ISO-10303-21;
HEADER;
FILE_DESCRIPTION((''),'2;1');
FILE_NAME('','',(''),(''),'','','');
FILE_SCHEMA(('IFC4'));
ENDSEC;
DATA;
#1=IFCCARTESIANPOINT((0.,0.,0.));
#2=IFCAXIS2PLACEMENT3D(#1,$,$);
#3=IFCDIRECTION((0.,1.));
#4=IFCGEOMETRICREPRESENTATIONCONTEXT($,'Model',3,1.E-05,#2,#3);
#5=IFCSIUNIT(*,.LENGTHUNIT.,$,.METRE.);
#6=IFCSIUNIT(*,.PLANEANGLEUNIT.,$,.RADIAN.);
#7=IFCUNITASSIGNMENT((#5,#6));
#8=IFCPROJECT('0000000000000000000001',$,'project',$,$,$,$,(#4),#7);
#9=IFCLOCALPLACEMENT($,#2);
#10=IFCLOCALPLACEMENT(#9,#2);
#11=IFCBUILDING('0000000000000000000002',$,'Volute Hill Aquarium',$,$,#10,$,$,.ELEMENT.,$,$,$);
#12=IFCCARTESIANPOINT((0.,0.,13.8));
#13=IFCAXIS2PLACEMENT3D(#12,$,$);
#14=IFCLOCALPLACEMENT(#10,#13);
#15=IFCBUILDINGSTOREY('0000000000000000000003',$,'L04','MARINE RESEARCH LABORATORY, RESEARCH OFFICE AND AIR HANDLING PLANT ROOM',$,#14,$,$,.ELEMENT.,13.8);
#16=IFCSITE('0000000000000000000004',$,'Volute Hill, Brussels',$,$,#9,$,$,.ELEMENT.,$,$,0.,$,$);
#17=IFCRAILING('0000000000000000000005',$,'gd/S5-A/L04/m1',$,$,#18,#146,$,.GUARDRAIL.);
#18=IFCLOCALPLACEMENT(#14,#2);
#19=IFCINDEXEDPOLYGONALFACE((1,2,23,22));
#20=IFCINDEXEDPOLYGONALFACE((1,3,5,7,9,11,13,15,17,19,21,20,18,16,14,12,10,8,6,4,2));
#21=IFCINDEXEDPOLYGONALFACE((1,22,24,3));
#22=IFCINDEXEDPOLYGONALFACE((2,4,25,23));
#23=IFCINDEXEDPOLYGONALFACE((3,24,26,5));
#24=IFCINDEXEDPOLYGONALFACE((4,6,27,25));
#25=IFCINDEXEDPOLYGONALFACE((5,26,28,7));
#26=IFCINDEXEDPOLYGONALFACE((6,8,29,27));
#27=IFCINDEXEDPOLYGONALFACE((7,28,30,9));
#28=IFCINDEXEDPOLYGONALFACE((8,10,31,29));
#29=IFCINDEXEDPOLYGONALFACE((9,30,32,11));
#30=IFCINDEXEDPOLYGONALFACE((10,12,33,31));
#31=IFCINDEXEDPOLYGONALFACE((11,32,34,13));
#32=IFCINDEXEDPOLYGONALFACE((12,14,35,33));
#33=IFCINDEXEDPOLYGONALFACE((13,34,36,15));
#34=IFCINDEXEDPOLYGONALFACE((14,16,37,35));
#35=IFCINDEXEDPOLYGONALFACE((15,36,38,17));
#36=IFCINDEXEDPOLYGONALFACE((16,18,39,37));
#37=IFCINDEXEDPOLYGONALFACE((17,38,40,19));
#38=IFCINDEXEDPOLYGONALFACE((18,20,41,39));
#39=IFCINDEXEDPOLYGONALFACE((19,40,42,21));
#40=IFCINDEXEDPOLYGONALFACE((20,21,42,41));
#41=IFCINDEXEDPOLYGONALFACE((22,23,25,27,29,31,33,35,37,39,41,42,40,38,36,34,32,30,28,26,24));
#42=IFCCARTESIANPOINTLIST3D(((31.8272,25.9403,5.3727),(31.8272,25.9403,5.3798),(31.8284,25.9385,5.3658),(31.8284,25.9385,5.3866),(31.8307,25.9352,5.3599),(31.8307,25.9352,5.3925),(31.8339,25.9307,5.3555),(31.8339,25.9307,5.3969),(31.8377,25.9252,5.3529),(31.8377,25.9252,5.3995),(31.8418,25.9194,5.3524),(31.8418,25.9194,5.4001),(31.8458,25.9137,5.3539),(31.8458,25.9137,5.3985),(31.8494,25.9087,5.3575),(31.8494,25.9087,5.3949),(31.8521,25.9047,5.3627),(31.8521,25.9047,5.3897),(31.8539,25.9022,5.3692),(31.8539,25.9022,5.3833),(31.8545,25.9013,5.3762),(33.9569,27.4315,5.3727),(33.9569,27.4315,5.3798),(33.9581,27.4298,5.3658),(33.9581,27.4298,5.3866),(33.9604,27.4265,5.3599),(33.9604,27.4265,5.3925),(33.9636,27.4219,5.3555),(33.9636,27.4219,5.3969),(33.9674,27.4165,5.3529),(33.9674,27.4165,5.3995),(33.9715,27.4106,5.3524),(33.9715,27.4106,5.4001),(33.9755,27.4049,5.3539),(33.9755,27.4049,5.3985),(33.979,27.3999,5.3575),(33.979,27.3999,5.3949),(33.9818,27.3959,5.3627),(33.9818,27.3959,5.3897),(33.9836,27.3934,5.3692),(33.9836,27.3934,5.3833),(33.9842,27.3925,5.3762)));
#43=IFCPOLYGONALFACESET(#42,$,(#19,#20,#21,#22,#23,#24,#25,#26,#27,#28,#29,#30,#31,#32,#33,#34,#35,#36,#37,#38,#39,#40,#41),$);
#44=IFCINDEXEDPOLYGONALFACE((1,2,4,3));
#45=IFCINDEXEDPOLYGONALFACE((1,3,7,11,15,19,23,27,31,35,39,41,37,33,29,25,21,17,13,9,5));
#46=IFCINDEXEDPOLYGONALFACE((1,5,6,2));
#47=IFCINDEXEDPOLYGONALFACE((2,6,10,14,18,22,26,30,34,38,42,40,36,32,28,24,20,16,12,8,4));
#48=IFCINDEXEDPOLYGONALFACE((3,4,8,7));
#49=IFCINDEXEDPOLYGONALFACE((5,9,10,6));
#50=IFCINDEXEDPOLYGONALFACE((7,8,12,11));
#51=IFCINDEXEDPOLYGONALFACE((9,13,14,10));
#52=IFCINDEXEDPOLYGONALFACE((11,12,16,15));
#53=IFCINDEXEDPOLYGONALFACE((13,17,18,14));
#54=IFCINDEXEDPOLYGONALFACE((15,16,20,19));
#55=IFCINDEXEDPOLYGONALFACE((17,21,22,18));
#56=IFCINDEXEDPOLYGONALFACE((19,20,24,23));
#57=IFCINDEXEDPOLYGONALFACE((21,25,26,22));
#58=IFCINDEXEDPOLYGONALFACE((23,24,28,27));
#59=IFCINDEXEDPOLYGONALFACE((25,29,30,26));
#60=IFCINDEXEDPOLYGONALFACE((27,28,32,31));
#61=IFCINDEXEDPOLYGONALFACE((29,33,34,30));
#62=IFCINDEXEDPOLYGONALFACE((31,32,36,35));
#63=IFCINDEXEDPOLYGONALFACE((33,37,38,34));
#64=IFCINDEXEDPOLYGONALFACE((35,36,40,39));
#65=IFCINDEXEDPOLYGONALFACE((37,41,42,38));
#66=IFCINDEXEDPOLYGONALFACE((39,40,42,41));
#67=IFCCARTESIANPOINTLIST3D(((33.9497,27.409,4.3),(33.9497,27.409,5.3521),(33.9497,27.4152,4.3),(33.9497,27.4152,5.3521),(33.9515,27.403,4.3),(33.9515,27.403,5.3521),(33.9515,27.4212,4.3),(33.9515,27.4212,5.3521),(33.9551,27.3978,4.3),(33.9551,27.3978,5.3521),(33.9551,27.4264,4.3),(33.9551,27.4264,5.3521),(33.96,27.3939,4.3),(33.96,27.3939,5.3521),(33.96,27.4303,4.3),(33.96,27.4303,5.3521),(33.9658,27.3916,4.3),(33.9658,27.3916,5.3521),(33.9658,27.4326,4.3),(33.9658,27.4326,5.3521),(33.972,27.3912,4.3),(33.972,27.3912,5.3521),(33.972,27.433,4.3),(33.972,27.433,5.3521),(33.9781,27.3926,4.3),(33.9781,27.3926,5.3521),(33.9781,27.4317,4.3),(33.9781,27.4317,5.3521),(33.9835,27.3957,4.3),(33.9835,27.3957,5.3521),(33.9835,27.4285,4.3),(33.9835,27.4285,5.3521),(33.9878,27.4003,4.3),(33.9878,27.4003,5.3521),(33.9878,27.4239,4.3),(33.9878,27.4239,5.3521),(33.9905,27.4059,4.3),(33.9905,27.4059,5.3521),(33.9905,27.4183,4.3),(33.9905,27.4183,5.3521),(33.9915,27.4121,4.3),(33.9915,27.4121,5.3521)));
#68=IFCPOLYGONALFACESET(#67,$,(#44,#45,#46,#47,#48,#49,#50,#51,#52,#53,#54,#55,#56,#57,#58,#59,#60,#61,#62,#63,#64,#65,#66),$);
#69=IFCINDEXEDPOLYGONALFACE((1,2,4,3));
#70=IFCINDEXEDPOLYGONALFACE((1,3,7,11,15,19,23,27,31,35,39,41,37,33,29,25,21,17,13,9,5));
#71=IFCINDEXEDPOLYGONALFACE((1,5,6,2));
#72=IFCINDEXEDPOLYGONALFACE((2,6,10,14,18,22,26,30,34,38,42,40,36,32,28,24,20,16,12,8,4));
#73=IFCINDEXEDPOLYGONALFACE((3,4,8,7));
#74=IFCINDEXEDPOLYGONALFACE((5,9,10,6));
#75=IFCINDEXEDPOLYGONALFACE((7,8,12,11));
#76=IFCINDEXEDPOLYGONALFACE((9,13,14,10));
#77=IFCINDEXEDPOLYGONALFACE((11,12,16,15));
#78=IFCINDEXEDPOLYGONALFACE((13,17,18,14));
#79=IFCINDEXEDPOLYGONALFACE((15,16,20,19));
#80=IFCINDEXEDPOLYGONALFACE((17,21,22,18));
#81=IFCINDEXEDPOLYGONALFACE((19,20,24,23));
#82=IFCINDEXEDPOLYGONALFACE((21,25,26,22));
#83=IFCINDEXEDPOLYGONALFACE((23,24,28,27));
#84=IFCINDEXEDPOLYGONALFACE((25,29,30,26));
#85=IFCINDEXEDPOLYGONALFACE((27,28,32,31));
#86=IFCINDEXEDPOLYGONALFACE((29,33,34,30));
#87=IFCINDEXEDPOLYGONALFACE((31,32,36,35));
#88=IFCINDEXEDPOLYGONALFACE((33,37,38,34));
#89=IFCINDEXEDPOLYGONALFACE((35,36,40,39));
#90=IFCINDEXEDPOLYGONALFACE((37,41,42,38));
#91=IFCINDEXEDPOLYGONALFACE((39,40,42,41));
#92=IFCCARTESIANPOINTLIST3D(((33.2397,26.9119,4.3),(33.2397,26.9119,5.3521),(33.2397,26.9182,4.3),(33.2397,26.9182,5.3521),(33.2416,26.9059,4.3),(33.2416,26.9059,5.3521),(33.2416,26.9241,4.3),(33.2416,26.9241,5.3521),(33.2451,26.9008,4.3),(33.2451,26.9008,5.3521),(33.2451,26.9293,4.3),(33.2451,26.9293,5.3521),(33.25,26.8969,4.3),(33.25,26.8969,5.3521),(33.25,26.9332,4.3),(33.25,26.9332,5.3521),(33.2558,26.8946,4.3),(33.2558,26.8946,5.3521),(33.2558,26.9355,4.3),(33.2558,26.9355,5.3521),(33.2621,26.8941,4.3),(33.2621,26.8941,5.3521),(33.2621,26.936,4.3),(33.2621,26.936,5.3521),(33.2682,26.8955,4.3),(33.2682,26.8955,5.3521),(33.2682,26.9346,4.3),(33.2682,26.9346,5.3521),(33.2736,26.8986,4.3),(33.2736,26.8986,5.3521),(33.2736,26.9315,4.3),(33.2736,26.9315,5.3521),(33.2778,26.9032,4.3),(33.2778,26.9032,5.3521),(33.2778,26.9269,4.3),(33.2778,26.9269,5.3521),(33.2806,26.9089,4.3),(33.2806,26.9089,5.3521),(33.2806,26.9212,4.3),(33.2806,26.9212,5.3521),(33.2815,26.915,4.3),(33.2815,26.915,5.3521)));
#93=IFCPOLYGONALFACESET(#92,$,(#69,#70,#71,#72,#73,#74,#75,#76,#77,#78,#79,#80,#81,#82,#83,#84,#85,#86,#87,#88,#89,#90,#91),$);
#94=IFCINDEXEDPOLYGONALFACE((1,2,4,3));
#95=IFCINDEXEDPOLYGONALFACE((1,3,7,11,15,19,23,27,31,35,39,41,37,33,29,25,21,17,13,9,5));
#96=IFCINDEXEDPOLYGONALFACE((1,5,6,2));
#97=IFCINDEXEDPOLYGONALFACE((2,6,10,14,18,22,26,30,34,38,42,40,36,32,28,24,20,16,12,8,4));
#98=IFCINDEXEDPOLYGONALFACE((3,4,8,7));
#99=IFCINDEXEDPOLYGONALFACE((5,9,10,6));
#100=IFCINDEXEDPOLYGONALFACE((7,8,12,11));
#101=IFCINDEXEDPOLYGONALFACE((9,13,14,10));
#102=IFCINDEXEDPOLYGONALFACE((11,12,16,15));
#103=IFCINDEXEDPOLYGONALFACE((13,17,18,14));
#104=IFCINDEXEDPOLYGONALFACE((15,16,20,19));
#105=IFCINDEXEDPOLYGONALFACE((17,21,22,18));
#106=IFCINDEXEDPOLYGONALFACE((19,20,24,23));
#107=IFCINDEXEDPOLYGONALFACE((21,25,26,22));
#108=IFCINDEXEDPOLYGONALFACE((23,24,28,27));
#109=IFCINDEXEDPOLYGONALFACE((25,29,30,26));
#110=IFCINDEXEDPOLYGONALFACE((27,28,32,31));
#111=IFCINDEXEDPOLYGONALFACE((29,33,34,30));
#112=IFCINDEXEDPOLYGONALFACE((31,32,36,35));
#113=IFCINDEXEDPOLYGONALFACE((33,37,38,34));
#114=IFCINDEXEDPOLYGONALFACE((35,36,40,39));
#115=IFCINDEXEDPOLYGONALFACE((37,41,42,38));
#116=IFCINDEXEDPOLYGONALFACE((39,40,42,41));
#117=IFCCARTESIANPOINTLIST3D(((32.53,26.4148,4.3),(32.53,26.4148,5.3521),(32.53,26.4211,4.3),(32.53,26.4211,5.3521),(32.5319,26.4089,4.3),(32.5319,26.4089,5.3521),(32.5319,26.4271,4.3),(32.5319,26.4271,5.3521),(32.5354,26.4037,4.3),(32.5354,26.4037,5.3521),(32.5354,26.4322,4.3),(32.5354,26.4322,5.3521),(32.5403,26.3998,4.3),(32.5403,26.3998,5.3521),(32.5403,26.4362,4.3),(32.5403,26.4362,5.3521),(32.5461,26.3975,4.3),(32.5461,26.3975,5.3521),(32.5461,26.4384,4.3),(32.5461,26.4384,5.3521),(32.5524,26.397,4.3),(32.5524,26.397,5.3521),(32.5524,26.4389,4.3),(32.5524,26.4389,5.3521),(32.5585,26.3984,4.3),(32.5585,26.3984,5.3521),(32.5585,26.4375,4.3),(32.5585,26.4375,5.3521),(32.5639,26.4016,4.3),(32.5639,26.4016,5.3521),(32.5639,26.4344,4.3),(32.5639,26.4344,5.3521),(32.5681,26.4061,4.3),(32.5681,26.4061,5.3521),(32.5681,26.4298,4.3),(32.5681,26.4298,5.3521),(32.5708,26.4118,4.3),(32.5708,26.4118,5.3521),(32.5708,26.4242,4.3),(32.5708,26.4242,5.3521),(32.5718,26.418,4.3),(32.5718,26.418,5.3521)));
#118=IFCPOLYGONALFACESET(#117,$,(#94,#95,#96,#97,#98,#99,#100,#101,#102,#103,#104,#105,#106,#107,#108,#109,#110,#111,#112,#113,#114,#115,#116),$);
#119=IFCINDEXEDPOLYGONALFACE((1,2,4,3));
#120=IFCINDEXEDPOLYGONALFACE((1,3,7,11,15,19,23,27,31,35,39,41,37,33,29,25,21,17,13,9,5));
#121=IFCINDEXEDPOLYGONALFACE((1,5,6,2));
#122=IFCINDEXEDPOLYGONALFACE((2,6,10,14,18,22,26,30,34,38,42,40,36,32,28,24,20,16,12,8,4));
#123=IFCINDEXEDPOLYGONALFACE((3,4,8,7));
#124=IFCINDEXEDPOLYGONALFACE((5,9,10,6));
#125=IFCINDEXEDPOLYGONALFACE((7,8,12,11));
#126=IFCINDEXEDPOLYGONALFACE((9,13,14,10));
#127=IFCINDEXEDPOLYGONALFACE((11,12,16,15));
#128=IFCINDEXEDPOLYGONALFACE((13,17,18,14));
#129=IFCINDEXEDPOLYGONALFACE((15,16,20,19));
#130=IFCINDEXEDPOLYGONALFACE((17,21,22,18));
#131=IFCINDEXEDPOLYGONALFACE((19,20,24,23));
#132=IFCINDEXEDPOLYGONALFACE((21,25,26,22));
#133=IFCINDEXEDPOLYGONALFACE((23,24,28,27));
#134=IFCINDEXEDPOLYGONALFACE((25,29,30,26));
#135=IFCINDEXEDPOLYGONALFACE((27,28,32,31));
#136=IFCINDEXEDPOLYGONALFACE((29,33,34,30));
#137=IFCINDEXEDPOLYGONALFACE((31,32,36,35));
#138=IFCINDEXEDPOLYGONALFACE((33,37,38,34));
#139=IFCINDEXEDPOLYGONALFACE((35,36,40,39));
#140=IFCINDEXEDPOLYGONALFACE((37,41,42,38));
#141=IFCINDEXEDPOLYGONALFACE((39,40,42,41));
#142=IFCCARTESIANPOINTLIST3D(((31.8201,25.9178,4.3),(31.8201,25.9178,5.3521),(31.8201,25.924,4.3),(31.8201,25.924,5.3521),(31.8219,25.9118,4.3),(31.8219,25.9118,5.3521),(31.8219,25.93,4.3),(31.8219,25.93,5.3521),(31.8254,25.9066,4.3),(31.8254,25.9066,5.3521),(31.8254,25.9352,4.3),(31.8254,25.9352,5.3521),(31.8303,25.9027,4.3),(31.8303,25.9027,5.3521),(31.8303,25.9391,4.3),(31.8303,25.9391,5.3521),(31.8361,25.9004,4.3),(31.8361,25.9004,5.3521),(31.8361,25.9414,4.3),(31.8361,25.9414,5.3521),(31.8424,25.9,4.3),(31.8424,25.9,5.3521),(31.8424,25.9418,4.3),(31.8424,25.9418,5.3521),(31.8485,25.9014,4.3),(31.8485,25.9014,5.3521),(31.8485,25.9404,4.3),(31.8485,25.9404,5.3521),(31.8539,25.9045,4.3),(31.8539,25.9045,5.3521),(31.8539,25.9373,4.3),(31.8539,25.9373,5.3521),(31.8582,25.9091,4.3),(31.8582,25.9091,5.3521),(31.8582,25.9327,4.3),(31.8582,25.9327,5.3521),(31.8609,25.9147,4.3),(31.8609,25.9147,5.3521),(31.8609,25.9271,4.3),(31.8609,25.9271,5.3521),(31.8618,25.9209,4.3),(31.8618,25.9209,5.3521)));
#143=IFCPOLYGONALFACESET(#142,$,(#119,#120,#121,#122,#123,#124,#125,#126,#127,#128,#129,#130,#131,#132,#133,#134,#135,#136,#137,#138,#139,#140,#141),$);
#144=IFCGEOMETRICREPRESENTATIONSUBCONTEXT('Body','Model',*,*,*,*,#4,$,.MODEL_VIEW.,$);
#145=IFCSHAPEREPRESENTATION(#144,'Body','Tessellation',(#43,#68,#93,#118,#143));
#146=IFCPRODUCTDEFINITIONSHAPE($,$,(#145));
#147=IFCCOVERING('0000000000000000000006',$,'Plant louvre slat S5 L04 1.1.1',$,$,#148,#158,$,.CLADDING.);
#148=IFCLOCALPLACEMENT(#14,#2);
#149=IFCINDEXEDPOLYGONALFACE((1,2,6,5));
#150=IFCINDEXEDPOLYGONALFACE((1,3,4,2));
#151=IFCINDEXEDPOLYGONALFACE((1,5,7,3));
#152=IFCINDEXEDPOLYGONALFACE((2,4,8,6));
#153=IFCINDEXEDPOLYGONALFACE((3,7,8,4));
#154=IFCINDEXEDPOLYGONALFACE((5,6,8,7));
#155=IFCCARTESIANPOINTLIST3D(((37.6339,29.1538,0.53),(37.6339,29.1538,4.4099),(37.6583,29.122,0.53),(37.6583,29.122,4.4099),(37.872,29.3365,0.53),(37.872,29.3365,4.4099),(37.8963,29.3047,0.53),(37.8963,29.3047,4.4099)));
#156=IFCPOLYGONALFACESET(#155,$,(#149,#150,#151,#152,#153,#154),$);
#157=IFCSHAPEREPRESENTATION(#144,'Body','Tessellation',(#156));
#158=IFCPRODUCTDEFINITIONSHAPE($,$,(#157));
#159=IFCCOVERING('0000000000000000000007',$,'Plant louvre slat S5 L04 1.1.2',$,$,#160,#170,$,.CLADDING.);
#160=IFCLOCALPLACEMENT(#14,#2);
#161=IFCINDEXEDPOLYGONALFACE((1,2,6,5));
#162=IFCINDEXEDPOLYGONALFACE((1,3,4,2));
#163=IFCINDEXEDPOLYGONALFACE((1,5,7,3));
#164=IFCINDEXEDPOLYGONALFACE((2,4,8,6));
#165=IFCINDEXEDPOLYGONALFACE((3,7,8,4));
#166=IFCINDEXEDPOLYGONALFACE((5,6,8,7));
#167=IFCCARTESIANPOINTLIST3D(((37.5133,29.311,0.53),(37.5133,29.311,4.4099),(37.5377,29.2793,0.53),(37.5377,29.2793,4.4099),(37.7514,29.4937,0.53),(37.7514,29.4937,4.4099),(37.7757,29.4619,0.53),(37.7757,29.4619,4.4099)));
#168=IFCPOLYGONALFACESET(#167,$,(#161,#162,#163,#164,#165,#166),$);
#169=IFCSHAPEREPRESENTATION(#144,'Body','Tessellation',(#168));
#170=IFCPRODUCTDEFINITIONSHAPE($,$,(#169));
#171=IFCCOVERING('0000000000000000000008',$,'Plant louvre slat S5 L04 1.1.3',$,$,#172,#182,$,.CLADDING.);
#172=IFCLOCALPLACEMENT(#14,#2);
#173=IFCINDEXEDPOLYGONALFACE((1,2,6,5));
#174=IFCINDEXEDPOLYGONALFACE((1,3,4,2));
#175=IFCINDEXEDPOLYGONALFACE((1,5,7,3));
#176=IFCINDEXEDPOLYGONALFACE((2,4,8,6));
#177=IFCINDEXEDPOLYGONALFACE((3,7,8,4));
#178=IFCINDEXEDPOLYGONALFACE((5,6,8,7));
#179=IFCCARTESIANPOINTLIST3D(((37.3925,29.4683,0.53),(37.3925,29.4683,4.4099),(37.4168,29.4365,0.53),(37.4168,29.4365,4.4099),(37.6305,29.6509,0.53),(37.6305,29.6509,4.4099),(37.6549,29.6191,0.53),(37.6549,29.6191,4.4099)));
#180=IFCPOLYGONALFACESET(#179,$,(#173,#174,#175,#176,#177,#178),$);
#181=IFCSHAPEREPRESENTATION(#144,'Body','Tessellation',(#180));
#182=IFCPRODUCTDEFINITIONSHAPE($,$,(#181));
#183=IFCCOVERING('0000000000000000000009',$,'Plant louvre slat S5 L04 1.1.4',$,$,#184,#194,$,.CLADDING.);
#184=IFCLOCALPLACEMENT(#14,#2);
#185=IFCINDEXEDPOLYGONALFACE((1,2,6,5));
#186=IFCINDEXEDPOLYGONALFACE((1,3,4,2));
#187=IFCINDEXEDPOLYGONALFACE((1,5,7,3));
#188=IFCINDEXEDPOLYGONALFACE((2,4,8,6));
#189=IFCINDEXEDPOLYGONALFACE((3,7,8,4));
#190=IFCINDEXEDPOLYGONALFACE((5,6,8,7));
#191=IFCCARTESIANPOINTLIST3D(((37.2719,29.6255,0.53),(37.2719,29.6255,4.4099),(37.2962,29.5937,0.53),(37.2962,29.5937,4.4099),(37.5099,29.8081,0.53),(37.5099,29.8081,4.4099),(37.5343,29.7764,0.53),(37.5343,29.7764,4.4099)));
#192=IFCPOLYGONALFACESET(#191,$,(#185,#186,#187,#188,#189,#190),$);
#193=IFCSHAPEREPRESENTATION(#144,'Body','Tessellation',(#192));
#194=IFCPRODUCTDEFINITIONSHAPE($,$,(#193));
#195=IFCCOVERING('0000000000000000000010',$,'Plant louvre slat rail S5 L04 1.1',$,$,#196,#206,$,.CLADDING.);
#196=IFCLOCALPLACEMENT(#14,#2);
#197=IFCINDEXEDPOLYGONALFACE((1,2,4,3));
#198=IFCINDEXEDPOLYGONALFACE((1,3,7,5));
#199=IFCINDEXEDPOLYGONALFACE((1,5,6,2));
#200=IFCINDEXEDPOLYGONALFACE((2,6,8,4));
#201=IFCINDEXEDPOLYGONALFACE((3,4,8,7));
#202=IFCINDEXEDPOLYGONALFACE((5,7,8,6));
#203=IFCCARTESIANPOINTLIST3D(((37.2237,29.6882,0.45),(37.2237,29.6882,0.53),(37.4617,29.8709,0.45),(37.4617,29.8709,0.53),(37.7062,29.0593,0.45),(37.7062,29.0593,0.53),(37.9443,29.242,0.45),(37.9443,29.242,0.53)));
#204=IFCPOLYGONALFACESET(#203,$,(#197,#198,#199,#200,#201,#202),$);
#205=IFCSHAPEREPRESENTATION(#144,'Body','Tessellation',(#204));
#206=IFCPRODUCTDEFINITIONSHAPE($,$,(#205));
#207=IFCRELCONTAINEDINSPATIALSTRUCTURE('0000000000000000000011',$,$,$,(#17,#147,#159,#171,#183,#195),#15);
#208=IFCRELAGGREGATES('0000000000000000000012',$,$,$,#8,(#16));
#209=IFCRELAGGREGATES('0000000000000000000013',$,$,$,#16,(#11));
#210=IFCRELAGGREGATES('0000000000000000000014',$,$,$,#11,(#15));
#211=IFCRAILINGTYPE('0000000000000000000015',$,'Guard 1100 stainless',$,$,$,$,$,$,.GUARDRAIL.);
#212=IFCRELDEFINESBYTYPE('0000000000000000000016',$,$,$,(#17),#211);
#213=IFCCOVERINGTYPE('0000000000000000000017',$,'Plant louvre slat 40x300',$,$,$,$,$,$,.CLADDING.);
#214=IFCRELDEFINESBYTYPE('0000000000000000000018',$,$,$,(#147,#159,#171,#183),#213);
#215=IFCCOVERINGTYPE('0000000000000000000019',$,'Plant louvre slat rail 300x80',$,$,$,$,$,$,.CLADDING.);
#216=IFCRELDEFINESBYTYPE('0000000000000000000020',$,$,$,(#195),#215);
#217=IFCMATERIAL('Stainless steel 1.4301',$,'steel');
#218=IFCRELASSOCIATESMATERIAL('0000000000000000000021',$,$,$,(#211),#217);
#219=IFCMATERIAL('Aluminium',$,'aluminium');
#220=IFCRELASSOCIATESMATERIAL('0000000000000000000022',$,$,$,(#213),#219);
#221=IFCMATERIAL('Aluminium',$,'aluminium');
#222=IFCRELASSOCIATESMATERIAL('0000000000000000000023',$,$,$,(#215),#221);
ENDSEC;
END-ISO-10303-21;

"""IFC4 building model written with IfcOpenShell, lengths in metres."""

from ifc_helpers import new_model, si_unit, direction, frame, origin, origin_2d, place, context, subcontext, project, spatial, rectangle, circle, extrude, material, type_object, element, save


model = new_model("IFC4")

# Units and contexts
model_context = context("Model", 3, precision=1e-05, world=origin(), true_north=direction((0.0, 1.0)))
body_context = subcontext(model_context, "Body", "Model", "MODEL_VIEW")
ifc_project = project(units=[si_unit("LENGTHUNIT", "METRE"), si_unit("PLANEANGLEUNIT", "RADIAN")], contexts=[model_context])

# Site, building, storey
site_placement = place(None, origin())
site = spatial("IfcSite", under=ifc_project, at=site_placement, Name="Volute Hill, Brussels", CompositionType="ELEMENT", RefElevation=0.0)
building_placement = place(site_placement, origin())
building = spatial("IfcBuilding", under=site, at=building_placement, Name="Volute Hill Aquarium", CompositionType="ELEMENT")
storey_placement = place(building_placement, frame((0.0, 0.0, 13.8)))
storey = spatial("IfcBuildingStorey", under=building, at=storey_placement, Name="L04", Description="MARINE RESEARCH LABORATORY, RESEARCH OFFICE AND AIR HANDLING PLANT ROOM", CompositionType="ELEMENT", Elevation=13.8)

# Railing
ifc_material_1 = material(Name="Stainless steel 1.4301", Category="steel")
railing_type_1 = type_object("IfcRailingType", Name="Guard 1100 stainless", PredefinedType="GUARDRAIL", material=ifc_material_1)
for number, where, name in (
    (1, (33.9705, 27.4121, 4.3), "gd/S5-A/L04/m1"),
):
    element("IfcRailing", number, at=place(storey_placement, frame(where)), inside=storey, type_object=railing_type_1, Name=name, PredefinedType="GUARDRAIL", context=body_context, shape_type="SweptSolid", body=[
        extrude(circle(Radius=0.0239, at=origin_2d()), frame((0.0, 0.0, 1.0762), z_axis=(-0.819148, -0.573582, 0.0), x_axis=(0.573582, -0.819148, 0.0)), (0.0, 0.0, 1.0), 2.5999),
        extrude(circle(Radius=0.021, at=origin_2d()), origin(), (0.0, 0.0, 1.0), 1.052),
        extrude(circle(Radius=0.021, at=origin_2d()), frame((-0.71, -0.4971, 0.0)), (0.0, 0.0, 1.0), 1.052),
        extrude(circle(Radius=0.021, at=origin_2d()), frame((-1.4197, -0.9941, 0.0)), (0.0, 0.0, 1.0), 1.052),
        extrude(circle(Radius=0.021, at=origin_2d()), frame((-2.1296, -1.4912, 0.0)), (0.0, 0.0, 1.0), 1.052),
    ])

# Coverings
ifc_material_2 = material(Name="Aluminium", Category="aluminium")
covering_type_1 = type_object("IfcCoveringType", Name="Plant louvre slat 40x300", PredefinedType="CLADDING", material=ifc_material_2)
for number, where, z_axis, x_axis, name in (
    (2, (37.7651, 29.2292, 0.53), (0.0, 0.0, 1.0), (-0.608753, 0.79336, 0.0), "Plant louvre slat S5 L04 1.1.1"),
    (3, (37.6445, 29.3865, 0.53), (0.0, 0.0, 1.0), (-0.608753, 0.79336, 0.0), "Plant louvre slat S5 L04 1.1.2"),
    (4, (37.5237, 29.5437, 0.53), (0.0, 0.0, 1.0), (-0.608753, 0.79336, 0.0), "Plant louvre slat S5 L04 1.1.3"),
    (5, (37.4031, 29.7009, 0.53), (0.0, 0.0, 1.0), (-0.608753, 0.79336, 0.0), "Plant louvre slat S5 L04 1.1.4"),
):
    element("IfcCovering", number, at=place(storey_placement, frame(where, z_axis=z_axis, x_axis=x_axis)), inside=storey, type_object=covering_type_1, Name=name, PredefinedType="CLADDING", context=body_context, shape_type="SweptSolid", body=[
        extrude(rectangle(XDim=0.04, YDim=0.3, at=origin_2d()), origin(), (0.0, 0.0, 1.0), 3.8799),
    ])
ifc_material_3 = material(Name="Aluminium", Category="aluminium")
covering_type_2 = type_object("IfcCoveringType", Name="Plant louvre slat rail 300x80", PredefinedType="CLADDING", material=ifc_material_3)
covering_1_placement = place(storey_placement, frame((37.584, 29.4651, 0.45), z_axis=(0.0, 0.0, 1.0), x_axis=(-0.608753, 0.79336, 0.0)))
element("IfcCovering", 6, at=covering_1_placement, inside=storey, type_object=covering_type_2, Name="Plant louvre slat rail S5 L04 1.1", PredefinedType="CLADDING", context=body_context, shape_type="SweptSolid", body=[
    extrude(rectangle(XDim=0.7927, YDim=0.3, at=origin_2d()), origin(), (0.0, 0.0, 1.0), 0.0801),
])

save(model, "model.ifc")
